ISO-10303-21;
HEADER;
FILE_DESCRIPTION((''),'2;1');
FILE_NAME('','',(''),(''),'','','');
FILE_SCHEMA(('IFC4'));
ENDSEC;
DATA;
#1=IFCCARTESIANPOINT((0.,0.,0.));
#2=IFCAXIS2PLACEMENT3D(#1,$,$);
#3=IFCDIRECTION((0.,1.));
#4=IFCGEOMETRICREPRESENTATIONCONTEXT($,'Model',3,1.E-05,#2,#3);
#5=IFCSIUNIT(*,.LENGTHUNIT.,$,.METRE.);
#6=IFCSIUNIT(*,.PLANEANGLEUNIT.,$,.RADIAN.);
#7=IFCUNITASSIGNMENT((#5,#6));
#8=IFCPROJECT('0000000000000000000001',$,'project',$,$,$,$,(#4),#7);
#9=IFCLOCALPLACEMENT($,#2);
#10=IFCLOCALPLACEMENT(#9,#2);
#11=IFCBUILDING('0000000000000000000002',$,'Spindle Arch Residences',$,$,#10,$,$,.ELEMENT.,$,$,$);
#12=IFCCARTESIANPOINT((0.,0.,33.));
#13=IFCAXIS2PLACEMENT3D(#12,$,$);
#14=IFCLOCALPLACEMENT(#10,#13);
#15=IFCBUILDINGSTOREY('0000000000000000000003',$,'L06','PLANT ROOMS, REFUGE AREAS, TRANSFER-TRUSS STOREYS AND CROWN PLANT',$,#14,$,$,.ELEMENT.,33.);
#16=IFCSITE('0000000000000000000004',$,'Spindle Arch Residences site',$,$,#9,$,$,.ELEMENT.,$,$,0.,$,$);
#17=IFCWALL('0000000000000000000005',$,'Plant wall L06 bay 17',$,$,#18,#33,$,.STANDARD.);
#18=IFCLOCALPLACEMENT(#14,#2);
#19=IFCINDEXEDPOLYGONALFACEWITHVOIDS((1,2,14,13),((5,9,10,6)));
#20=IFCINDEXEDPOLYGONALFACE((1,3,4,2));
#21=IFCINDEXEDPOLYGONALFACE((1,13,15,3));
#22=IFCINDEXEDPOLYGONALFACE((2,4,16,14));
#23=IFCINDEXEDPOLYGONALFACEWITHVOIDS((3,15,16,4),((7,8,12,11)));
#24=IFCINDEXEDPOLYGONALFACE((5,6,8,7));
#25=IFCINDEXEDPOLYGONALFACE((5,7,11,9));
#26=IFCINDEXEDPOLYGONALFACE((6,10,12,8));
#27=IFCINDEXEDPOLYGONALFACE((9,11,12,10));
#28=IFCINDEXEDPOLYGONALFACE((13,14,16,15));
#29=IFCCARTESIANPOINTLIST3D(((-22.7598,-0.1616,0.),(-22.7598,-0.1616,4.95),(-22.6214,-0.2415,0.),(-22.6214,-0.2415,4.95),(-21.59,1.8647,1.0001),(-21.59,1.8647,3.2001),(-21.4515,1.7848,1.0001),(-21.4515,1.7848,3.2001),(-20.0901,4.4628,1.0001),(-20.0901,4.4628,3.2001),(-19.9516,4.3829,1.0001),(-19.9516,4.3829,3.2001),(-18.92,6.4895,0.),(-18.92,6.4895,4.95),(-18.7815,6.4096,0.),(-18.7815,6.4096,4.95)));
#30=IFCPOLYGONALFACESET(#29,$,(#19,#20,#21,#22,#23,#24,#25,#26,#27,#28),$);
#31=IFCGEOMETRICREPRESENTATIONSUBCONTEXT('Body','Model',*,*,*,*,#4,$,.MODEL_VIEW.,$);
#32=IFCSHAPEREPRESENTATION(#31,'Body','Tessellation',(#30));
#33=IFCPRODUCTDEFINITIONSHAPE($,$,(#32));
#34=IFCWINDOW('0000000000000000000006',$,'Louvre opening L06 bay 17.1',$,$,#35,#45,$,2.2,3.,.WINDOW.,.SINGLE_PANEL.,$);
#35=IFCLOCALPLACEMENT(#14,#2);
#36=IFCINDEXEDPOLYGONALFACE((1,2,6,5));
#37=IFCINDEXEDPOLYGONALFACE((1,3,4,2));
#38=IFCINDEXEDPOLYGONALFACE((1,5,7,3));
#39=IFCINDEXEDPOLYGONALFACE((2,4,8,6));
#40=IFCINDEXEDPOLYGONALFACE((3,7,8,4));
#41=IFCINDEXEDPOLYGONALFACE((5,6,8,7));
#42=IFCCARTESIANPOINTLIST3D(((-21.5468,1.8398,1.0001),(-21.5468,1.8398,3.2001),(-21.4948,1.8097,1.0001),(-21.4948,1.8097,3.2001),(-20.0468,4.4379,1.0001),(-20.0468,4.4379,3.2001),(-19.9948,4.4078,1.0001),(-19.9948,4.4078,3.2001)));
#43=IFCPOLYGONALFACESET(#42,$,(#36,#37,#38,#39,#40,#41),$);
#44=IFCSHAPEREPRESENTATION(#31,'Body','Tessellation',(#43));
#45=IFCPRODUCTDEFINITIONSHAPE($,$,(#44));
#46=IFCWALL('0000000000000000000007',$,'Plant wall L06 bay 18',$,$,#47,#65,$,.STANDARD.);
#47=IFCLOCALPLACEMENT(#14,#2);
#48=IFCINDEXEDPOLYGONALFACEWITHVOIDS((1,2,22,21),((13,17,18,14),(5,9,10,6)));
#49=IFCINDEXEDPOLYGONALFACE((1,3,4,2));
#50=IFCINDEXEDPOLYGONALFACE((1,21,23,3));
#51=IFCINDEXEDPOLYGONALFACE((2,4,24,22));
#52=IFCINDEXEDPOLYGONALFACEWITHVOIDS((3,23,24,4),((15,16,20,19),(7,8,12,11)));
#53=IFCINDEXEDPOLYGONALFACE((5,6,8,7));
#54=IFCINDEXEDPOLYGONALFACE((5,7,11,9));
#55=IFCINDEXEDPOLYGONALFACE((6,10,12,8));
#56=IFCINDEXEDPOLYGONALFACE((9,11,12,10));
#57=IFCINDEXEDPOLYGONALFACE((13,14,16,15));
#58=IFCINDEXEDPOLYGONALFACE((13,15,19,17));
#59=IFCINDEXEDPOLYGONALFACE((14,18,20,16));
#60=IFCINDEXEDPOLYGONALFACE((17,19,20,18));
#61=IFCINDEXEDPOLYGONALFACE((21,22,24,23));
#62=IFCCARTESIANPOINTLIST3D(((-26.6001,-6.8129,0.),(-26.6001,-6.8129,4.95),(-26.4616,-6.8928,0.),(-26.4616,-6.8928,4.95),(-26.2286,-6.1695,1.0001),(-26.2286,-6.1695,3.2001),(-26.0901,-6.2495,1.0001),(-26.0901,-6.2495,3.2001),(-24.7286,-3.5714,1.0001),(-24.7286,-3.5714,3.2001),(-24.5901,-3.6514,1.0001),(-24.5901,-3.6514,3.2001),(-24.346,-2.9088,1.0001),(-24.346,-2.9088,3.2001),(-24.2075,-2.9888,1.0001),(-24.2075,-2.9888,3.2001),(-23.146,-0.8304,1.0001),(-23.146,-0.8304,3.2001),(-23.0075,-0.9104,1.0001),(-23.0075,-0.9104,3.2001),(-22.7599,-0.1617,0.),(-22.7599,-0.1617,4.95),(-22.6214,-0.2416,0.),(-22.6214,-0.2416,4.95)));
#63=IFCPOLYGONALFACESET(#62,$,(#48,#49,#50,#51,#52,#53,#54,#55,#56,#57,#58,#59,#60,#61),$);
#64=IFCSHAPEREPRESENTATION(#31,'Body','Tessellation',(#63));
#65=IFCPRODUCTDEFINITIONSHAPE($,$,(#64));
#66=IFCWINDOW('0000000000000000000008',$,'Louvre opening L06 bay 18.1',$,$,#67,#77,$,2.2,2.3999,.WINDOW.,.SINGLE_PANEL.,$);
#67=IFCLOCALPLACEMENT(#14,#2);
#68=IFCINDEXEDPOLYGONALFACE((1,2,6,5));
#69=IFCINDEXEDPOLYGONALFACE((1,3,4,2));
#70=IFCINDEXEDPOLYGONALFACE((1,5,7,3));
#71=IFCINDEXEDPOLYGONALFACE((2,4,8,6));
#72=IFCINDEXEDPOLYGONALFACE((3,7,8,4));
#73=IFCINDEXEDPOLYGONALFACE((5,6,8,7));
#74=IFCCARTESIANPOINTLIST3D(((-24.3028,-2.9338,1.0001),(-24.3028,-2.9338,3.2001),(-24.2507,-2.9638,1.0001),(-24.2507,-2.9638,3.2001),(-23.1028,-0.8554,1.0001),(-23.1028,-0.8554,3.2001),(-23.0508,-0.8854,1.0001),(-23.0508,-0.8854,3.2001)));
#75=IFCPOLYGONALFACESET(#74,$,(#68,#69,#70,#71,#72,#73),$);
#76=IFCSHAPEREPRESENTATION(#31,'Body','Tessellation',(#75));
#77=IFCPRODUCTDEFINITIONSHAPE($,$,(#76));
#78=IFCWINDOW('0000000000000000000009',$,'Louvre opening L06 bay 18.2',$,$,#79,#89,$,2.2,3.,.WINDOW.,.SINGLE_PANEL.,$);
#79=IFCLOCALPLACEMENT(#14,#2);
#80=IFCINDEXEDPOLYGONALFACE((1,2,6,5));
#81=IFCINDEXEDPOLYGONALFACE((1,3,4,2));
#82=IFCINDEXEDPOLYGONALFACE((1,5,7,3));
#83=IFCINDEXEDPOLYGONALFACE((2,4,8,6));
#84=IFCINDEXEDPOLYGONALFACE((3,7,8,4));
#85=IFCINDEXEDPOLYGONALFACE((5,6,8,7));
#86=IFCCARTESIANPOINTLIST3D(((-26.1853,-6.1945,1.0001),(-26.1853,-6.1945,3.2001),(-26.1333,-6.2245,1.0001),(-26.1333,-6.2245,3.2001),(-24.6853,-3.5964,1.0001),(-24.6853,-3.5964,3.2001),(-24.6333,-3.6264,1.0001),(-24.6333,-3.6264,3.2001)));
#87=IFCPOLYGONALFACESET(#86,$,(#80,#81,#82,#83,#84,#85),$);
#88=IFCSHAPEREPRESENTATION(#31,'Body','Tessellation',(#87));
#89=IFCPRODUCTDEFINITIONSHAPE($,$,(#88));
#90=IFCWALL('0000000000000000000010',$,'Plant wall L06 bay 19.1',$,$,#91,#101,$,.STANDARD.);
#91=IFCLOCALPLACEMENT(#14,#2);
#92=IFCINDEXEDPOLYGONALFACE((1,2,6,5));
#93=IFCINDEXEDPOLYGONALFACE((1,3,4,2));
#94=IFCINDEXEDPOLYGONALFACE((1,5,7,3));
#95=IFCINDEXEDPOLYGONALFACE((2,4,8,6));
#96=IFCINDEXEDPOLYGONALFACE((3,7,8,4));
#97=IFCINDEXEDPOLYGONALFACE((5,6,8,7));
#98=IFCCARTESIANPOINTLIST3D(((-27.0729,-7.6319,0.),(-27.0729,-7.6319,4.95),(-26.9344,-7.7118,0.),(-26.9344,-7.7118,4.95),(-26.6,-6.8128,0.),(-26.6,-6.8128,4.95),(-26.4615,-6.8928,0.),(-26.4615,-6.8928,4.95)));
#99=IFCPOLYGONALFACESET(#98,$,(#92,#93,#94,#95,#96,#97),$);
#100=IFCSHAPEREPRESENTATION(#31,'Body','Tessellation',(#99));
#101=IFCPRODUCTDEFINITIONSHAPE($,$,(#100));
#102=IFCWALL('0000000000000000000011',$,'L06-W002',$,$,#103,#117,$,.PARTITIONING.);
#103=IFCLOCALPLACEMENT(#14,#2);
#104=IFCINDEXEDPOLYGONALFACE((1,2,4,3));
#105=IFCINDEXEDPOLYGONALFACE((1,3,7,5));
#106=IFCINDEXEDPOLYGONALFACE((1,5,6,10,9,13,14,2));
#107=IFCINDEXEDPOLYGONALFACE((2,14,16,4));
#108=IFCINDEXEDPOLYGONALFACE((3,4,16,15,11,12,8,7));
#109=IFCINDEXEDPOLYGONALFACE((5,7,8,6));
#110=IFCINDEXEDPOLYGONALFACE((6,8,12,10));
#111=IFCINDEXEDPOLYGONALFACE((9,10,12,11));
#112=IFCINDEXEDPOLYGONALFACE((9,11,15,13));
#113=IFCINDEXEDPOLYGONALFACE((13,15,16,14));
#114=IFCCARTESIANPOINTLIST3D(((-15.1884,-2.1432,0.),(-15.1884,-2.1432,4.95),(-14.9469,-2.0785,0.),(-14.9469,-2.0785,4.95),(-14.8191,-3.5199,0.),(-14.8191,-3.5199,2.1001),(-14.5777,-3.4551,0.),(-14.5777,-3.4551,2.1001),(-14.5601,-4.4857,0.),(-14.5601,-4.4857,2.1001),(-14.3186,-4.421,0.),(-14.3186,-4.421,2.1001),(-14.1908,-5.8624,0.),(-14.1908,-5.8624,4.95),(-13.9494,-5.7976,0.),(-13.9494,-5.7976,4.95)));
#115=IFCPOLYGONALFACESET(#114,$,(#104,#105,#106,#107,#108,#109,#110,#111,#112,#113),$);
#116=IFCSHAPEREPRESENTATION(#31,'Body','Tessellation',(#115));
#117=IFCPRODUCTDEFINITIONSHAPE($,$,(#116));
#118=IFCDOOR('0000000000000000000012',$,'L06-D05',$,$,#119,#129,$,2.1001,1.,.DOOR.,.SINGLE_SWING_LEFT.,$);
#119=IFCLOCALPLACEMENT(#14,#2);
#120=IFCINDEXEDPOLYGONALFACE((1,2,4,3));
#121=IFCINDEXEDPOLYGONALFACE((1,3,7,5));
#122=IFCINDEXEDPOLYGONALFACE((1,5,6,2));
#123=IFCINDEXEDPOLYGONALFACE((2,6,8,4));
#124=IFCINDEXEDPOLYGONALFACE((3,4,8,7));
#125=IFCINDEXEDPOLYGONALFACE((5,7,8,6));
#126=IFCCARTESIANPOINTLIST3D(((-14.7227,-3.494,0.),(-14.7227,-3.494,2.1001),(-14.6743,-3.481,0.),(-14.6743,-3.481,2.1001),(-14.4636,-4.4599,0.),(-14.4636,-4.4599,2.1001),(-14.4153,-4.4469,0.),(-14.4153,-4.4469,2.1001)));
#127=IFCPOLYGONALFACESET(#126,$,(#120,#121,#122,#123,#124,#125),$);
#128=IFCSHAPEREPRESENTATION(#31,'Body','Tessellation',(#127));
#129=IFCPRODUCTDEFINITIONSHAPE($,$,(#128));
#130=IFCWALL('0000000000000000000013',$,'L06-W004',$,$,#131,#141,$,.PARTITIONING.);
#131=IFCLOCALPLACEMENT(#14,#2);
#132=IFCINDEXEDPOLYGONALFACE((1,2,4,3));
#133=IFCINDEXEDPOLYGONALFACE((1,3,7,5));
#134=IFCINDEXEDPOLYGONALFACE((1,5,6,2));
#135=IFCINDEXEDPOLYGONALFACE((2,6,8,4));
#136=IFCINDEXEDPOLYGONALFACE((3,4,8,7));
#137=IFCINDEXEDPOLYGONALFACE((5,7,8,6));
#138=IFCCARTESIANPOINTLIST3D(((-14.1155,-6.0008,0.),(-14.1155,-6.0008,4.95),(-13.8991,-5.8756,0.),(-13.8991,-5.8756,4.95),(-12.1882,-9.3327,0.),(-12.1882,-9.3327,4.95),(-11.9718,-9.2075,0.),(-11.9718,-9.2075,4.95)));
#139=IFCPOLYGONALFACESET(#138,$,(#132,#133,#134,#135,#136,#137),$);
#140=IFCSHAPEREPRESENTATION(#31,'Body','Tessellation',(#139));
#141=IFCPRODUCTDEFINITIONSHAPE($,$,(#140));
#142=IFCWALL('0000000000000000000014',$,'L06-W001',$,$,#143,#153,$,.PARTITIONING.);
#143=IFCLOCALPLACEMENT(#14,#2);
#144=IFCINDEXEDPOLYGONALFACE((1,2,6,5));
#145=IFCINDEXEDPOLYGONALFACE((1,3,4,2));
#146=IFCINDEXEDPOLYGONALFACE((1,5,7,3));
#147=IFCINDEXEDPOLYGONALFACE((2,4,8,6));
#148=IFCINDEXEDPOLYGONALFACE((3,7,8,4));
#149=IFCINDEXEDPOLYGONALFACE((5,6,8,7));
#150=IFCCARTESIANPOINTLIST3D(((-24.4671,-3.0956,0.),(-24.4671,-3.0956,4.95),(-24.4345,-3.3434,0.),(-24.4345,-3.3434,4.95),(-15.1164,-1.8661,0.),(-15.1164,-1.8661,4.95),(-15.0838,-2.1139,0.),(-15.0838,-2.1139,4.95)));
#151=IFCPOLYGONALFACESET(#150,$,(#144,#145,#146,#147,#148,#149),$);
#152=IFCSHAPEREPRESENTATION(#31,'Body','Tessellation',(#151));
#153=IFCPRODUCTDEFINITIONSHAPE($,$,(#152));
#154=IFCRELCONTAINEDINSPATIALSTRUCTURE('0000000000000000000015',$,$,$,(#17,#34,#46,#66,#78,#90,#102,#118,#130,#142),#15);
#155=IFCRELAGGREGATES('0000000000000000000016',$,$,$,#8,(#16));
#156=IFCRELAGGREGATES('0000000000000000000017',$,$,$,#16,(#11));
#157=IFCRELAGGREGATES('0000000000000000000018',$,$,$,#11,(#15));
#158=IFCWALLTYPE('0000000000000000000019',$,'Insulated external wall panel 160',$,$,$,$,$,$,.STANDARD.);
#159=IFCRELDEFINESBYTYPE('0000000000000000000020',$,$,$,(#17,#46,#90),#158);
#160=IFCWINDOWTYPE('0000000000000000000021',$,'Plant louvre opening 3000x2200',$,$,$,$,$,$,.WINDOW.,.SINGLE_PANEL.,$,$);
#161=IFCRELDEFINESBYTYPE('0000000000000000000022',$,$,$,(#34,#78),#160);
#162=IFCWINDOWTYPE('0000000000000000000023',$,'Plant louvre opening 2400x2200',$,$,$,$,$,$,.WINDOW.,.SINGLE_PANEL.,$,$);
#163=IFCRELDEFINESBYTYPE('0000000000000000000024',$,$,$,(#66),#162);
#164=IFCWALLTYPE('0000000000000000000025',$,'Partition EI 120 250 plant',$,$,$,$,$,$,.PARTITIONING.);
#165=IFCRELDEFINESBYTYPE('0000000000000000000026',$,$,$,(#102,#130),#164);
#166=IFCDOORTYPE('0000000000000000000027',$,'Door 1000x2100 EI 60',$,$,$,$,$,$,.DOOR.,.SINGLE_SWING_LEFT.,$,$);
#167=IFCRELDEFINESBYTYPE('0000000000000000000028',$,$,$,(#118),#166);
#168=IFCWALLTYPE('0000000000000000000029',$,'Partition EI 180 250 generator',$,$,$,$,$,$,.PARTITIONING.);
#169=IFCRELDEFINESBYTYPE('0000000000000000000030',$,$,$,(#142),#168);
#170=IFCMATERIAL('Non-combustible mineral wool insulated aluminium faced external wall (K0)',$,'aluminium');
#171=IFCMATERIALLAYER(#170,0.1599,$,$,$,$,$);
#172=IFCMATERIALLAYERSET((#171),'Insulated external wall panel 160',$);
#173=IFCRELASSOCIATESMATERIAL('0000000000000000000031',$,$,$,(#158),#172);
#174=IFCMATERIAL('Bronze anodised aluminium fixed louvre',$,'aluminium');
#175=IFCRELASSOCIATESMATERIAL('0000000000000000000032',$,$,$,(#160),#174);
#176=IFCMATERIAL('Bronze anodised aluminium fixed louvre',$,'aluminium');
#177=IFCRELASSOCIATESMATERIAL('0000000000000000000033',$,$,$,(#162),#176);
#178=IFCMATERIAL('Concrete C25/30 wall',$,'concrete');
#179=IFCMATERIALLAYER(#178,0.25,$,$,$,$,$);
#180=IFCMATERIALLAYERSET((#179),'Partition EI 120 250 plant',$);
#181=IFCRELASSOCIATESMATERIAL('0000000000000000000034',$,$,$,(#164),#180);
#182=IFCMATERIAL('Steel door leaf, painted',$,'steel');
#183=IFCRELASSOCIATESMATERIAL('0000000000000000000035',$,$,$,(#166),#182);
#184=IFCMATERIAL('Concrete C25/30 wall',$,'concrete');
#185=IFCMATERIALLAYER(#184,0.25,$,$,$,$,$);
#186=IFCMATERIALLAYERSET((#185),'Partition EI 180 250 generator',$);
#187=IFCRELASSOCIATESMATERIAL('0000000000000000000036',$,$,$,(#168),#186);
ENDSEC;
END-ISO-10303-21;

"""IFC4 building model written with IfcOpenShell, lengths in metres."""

from ifc_helpers import new_model, si_unit, direction, frame, frame_2d, origin, place, context, subcontext, project, spatial, rectangle, extrude, material, layer, layer_set, type_object, element, fill, save


model = new_model("IFC4")

# Units and contexts
model_context = context("Model", 3, precision=1e-05, world=origin(), true_north=direction((0.0, 1.0)))
body_context = subcontext(model_context, "Body", "Model", "MODEL_VIEW")
ifc_project = project(units=[si_unit("LENGTHUNIT", "METRE"), si_unit("PLANEANGLEUNIT", "RADIAN")], contexts=[model_context])

# Site, building, storey
site_placement = place(None, origin())
site = spatial("IfcSite", under=ifc_project, at=site_placement, Name="Spindle Arch Residences site", CompositionType="ELEMENT", RefElevation=0.0)
building_placement = place(site_placement, origin())
building = spatial("IfcBuilding", under=site, at=building_placement, Name="Spindle Arch Residences", CompositionType="ELEMENT")
storey_placement = place(building_placement, frame((0.0, 0.0, 33.0)))
storey = spatial("IfcBuildingStorey", under=building, at=storey_placement, Name="L06", Description="PLANT ROOMS, REFUGE AREAS, TRANSFER-TRUSS STOREYS AND CROWN PLANT", CompositionType="ELEMENT", Elevation=33.0)

# Wall, opening, window
ifc_material_1 = material(Name="Non-combustible mineral wool insulated aluminium faced external wall (K0)", Category="aluminium")
ifc_layer_1 = layer(ifc_material_1, 0.1599)
ifc_layer_set_1 = layer_set([ifc_layer_1], Name="Insulated external wall panel 160")
wall_type_1 = type_object("IfcWallType", Name="Insulated external wall panel 160", PredefinedType="STANDARD", material=ifc_layer_set_1)
wall_1_placement = place(storey_placement, frame((-18.8508, 6.4495, 0.0), z_axis=(0.0, 0.0, 1.0), x_axis=(-0.499982, -0.866036, 0.0)))
wall_1 = element("IfcWall", 1, at=wall_1_placement, inside=storey, type_object=wall_type_1, Name="Plant wall L06 bay 17", PredefinedType="STANDARD", context=body_context, shape_type="SweptSolid", body=[
    extrude(rectangle(XDim=7.6799, YDim=0.1599, at=frame_2d((3.8398, 0.0))), origin(), (0.0, 0.0, 1.0), 4.95),
])
opening_1_placement = place(wall_1_placement, frame((2.3401, 0.0, 1.0)))
opening_1 = element("IfcOpeningElement", 2, at=opening_1_placement, cuts=wall_1, PredefinedType="OPENING", context=body_context, shape_type="SweptSolid", body=[
    extrude(rectangle(XDim=3.0, YDim=2.2, at=frame_2d((1.5, 1.1001))), frame((0.0, 0.0898, 0.0), z_axis=(0.0, -1.0, 0.0), x_axis=(1.0, 0.0, 0.0)), (0.0, 0.0, 1.0), 0.1799),
])
ifc_material_2 = material(Name="Bronze anodised aluminium fixed louvre", Category="aluminium")
window_type_1 = type_object("IfcWindowType", Name="Plant louvre opening 3000x2200", PartitioningType="SINGLE_PANEL", PredefinedType="WINDOW", material=ifc_material_2)
window_1_placement = place(opening_1_placement, origin())
window_1 = element("IfcWindow", 3, at=window_1_placement, inside=storey, type_object=window_type_1, Name="Louvre opening L06 bay 17.1", OverallHeight=2.2, OverallWidth=3.0, PartitioningType="SINGLE_PANEL", PredefinedType="WINDOW", context=body_context, shape_type="SweptSolid", body=[
    extrude(rectangle(XDim=3.0, YDim=2.2, at=frame_2d((1.5, 1.1001))), frame((0.0, 0.03, 0.0), z_axis=(0.0, -1.0, 0.0), x_axis=(1.0, 0.0, 0.0)), (0.0, 0.0, 1.0), 0.0601),
])
fill(opening_1, window_1)

# Wall, openings, windows
wall_2_placement = place(storey_placement, frame((-22.6907, -0.2017, 0.0), z_axis=(0.0, 0.0, 1.0), x_axis=(-0.500006, -0.866022, 0.0)))
wall_2 = element("IfcWall", 4, at=wall_2_placement, inside=storey, type_object=wall_type_1, Name="Plant wall L06 bay 18", PredefinedType="STANDARD", context=body_context, shape_type="SweptSolid", body=[
    extrude(rectangle(XDim=7.6802, YDim=0.1599, at=frame_2d((3.8401, 0.0))), origin(), (0.0, 0.0, 1.0), 4.95),
])
opening_2_placement = place(wall_2_placement, frame((0.7722, 0.0, 1.0)))
opening_2 = element("IfcOpeningElement", 5, at=opening_2_placement, cuts=wall_2, PredefinedType="OPENING", context=body_context, shape_type="SweptSolid", body=[
    extrude(rectangle(XDim=2.3999, YDim=2.2, at=frame_2d((1.2, 1.1001))), frame((0.0, 0.0898, 0.0), z_axis=(0.0, -1.0, 0.0), x_axis=(1.0, 0.0, 0.0)), (0.0, 0.0, 1.0), 0.1799),
])
opening_3_placement = place(wall_2_placement, frame((3.9373, 0.0, 1.0)))
opening_3 = element("IfcOpeningElement", 6, at=opening_3_placement, cuts=wall_2, PredefinedType="OPENING", context=body_context, shape_type="SweptSolid", body=[
    extrude(rectangle(XDim=3.0, YDim=2.2, at=frame_2d((1.5, 1.1001))), frame((0.0, 0.0898, 0.0), z_axis=(0.0, -1.0, 0.0), x_axis=(1.0, 0.0, 0.0)), (0.0, 0.0, 1.0), 0.1799),
])
ifc_material_3 = material(Name="Bronze anodised aluminium fixed louvre", Category="aluminium")
window_type_2 = type_object("IfcWindowType", Name="Plant louvre opening 2400x2200", PartitioningType="SINGLE_PANEL", PredefinedType="WINDOW", material=ifc_material_3)
window_2_placement = place(opening_2_placement, origin())
window_2 = element("IfcWindow", 7, at=window_2_placement, inside=storey, type_object=window_type_2, Name="Louvre opening L06 bay 18.1", OverallHeight=2.2, OverallWidth=2.3999, PartitioningType="SINGLE_PANEL", PredefinedType="WINDOW", context=body_context, shape_type="SweptSolid", body=[
    extrude(rectangle(XDim=2.3999, YDim=2.2, at=frame_2d((1.2, 1.1001))), frame((0.0, 0.03, 0.0), z_axis=(0.0, -1.0, 0.0), x_axis=(1.0, 0.0, 0.0)), (0.0, 0.0, 1.0), 0.0601),
])
fill(opening_2, window_2)
window_3_placement = place(opening_3_placement, origin())
window_3 = element("IfcWindow", 8, at=window_3_placement, inside=storey, type_object=window_type_1, Name="Louvre opening L06 bay 18.2", OverallHeight=2.2, OverallWidth=3.0, PartitioningType="SINGLE_PANEL", PredefinedType="WINDOW", context=body_context, shape_type="SweptSolid", body=[
    extrude(rectangle(XDim=3.0, YDim=2.2, at=frame_2d((1.5, 1.1001))), frame((0.0, 0.03, 0.0), z_axis=(0.0, -1.0, 0.0), x_axis=(1.0, 0.0, 0.0)), (0.0, 0.0, 1.0), 0.0601),
])
fill(opening_3, window_3)

# Wall
wall_3_placement = place(storey_placement, frame((-26.5308, -6.8528, 0.0), z_axis=(0.0, 0.0, 1.0), x_axis=(-0.499998, -0.866027, 0.0)))
element("IfcWall", 9, at=wall_3_placement, inside=storey, type_object=wall_type_1, Name="Plant wall L06 bay 19.1", PredefinedType="STANDARD", context=body_context, shape_type="SweptSolid", body=[
    extrude(rectangle(XDim=0.9458, YDim=0.1599, at=frame_2d((0.4729, 0.0))), origin(), (0.0, 0.0, 1.0), 4.95),
])

# Wall, opening, door
ifc_material_4 = material(Name="Concrete C25/30 wall", Category="concrete")
ifc_layer_2 = layer(ifc_material_4, 0.25)
ifc_layer_set_2 = layer_set([ifc_layer_2], Name="Partition EI 120 250 plant")
wall_type_2 = type_object("IfcWallType", Name="Partition EI 120 250 plant", PredefinedType="PARTITIONING", material=ifc_layer_set_2)
wall_4_placement = place(storey_placement, frame((-15.0676, -2.1108, 0.0), z_axis=(0.0, 0.0, 1.0), x_axis=(0.259059, -0.965861, 0.0)))
wall_4 = element("IfcWall", 10, at=wall_4_placement, inside=storey, type_object=wall_type_2, Name="L06-W002", PredefinedType="PARTITIONING", context=body_context, shape_type="SweptSolid", body=[
    extrude(rectangle(XDim=3.8506, YDim=0.25, at=frame_2d((1.9253, 0.0))), origin(), (0.0, 0.0, 1.0), 4.95),
])
opening_4_placement = place(wall_4_placement, frame((1.4253, 0.0, 0.0)))
opening_4 = element("IfcOpeningElement", 11, at=opening_4_placement, cuts=wall_4, PredefinedType="OPENING", context=body_context, shape_type="SweptSolid", body=[
    extrude(rectangle(XDim=1.0, YDim=2.1001, at=frame_2d((0.5, 1.05))), frame((0.0, 0.135, 0.0), z_axis=(0.0, -1.0, 0.0), x_axis=(1.0, 0.0, 0.0)), (0.0, 0.0, 1.0), 0.27),
])
ifc_material_5 = material(Name="Steel door leaf, painted", Category="steel")
door_type = type_object("IfcDoorType", Name="Door 1000x2100 EI 60", OperationType="SINGLE_SWING_LEFT", PredefinedType="DOOR", material=ifc_material_5)
door_1_placement = place(opening_4_placement, origin())
door_1 = element("IfcDoor", 12, at=door_1_placement, inside=storey, type_object=door_type, Name="L06-D05", OperationType="SINGLE_SWING_LEFT", OverallHeight=2.1001, OverallWidth=1.0, PredefinedType="DOOR", context=body_context, shape_type="SweptSolid", body=[
    extrude(rectangle(XDim=1.0, YDim=2.1001, at=frame_2d((0.5, 1.05))), frame((0.0, 0.0249, 0.0), z_axis=(0.0, -1.0, 0.0), x_axis=(1.0, 0.0, 0.0)), (0.0, 0.0, 1.0), 0.05),
])
fill(opening_4, door_1)

# Walls
wall_5_placement = place(storey_placement, frame((-14.0073, -5.9382, 0.0), z_axis=(0.0, 0.0, 1.0), x_axis=(0.500709, -0.865616, 0.0)))
element("IfcWall", 13, at=wall_5_placement, inside=storey, type_object=wall_type_2, Name="L06-W004", PredefinedType="PARTITIONING", context=body_context, shape_type="SweptSolid", body=[
    extrude(rectangle(XDim=3.8491, YDim=0.25, at=frame_2d((1.9246, 0.0))), origin(), (0.0, 0.0, 1.0), 4.95),
])
ifc_material_6 = material(Name="Concrete C25/30 wall", Category="concrete")
ifc_layer_3 = layer(ifc_material_6, 0.25)
ifc_layer_set_3 = layer_set([ifc_layer_3], Name="Partition EI 180 250 generator")
wall_type_3 = type_object("IfcWallType", Name="Partition EI 180 250 generator", PredefinedType="PARTITIONING", material=ifc_layer_set_3)
wall_6_placement = place(storey_placement, frame((-15.1001, -1.99, 0.0), z_axis=(0.0, 0.0, 1.0), x_axis=(-0.991466, -0.130366, 0.0)))
element("IfcWall", 14, at=wall_6_placement, inside=storey, type_object=wall_type_3, Name="L06-W001", PredefinedType="PARTITIONING", context=body_context, shape_type="SweptSolid", body=[
    extrude(rectangle(XDim=9.4312, YDim=0.25, at=frame_2d((4.7156, 0.0))), origin(), (0.0, 0.0, 1.0), 4.95),
])

save(model, "model.ifc")
